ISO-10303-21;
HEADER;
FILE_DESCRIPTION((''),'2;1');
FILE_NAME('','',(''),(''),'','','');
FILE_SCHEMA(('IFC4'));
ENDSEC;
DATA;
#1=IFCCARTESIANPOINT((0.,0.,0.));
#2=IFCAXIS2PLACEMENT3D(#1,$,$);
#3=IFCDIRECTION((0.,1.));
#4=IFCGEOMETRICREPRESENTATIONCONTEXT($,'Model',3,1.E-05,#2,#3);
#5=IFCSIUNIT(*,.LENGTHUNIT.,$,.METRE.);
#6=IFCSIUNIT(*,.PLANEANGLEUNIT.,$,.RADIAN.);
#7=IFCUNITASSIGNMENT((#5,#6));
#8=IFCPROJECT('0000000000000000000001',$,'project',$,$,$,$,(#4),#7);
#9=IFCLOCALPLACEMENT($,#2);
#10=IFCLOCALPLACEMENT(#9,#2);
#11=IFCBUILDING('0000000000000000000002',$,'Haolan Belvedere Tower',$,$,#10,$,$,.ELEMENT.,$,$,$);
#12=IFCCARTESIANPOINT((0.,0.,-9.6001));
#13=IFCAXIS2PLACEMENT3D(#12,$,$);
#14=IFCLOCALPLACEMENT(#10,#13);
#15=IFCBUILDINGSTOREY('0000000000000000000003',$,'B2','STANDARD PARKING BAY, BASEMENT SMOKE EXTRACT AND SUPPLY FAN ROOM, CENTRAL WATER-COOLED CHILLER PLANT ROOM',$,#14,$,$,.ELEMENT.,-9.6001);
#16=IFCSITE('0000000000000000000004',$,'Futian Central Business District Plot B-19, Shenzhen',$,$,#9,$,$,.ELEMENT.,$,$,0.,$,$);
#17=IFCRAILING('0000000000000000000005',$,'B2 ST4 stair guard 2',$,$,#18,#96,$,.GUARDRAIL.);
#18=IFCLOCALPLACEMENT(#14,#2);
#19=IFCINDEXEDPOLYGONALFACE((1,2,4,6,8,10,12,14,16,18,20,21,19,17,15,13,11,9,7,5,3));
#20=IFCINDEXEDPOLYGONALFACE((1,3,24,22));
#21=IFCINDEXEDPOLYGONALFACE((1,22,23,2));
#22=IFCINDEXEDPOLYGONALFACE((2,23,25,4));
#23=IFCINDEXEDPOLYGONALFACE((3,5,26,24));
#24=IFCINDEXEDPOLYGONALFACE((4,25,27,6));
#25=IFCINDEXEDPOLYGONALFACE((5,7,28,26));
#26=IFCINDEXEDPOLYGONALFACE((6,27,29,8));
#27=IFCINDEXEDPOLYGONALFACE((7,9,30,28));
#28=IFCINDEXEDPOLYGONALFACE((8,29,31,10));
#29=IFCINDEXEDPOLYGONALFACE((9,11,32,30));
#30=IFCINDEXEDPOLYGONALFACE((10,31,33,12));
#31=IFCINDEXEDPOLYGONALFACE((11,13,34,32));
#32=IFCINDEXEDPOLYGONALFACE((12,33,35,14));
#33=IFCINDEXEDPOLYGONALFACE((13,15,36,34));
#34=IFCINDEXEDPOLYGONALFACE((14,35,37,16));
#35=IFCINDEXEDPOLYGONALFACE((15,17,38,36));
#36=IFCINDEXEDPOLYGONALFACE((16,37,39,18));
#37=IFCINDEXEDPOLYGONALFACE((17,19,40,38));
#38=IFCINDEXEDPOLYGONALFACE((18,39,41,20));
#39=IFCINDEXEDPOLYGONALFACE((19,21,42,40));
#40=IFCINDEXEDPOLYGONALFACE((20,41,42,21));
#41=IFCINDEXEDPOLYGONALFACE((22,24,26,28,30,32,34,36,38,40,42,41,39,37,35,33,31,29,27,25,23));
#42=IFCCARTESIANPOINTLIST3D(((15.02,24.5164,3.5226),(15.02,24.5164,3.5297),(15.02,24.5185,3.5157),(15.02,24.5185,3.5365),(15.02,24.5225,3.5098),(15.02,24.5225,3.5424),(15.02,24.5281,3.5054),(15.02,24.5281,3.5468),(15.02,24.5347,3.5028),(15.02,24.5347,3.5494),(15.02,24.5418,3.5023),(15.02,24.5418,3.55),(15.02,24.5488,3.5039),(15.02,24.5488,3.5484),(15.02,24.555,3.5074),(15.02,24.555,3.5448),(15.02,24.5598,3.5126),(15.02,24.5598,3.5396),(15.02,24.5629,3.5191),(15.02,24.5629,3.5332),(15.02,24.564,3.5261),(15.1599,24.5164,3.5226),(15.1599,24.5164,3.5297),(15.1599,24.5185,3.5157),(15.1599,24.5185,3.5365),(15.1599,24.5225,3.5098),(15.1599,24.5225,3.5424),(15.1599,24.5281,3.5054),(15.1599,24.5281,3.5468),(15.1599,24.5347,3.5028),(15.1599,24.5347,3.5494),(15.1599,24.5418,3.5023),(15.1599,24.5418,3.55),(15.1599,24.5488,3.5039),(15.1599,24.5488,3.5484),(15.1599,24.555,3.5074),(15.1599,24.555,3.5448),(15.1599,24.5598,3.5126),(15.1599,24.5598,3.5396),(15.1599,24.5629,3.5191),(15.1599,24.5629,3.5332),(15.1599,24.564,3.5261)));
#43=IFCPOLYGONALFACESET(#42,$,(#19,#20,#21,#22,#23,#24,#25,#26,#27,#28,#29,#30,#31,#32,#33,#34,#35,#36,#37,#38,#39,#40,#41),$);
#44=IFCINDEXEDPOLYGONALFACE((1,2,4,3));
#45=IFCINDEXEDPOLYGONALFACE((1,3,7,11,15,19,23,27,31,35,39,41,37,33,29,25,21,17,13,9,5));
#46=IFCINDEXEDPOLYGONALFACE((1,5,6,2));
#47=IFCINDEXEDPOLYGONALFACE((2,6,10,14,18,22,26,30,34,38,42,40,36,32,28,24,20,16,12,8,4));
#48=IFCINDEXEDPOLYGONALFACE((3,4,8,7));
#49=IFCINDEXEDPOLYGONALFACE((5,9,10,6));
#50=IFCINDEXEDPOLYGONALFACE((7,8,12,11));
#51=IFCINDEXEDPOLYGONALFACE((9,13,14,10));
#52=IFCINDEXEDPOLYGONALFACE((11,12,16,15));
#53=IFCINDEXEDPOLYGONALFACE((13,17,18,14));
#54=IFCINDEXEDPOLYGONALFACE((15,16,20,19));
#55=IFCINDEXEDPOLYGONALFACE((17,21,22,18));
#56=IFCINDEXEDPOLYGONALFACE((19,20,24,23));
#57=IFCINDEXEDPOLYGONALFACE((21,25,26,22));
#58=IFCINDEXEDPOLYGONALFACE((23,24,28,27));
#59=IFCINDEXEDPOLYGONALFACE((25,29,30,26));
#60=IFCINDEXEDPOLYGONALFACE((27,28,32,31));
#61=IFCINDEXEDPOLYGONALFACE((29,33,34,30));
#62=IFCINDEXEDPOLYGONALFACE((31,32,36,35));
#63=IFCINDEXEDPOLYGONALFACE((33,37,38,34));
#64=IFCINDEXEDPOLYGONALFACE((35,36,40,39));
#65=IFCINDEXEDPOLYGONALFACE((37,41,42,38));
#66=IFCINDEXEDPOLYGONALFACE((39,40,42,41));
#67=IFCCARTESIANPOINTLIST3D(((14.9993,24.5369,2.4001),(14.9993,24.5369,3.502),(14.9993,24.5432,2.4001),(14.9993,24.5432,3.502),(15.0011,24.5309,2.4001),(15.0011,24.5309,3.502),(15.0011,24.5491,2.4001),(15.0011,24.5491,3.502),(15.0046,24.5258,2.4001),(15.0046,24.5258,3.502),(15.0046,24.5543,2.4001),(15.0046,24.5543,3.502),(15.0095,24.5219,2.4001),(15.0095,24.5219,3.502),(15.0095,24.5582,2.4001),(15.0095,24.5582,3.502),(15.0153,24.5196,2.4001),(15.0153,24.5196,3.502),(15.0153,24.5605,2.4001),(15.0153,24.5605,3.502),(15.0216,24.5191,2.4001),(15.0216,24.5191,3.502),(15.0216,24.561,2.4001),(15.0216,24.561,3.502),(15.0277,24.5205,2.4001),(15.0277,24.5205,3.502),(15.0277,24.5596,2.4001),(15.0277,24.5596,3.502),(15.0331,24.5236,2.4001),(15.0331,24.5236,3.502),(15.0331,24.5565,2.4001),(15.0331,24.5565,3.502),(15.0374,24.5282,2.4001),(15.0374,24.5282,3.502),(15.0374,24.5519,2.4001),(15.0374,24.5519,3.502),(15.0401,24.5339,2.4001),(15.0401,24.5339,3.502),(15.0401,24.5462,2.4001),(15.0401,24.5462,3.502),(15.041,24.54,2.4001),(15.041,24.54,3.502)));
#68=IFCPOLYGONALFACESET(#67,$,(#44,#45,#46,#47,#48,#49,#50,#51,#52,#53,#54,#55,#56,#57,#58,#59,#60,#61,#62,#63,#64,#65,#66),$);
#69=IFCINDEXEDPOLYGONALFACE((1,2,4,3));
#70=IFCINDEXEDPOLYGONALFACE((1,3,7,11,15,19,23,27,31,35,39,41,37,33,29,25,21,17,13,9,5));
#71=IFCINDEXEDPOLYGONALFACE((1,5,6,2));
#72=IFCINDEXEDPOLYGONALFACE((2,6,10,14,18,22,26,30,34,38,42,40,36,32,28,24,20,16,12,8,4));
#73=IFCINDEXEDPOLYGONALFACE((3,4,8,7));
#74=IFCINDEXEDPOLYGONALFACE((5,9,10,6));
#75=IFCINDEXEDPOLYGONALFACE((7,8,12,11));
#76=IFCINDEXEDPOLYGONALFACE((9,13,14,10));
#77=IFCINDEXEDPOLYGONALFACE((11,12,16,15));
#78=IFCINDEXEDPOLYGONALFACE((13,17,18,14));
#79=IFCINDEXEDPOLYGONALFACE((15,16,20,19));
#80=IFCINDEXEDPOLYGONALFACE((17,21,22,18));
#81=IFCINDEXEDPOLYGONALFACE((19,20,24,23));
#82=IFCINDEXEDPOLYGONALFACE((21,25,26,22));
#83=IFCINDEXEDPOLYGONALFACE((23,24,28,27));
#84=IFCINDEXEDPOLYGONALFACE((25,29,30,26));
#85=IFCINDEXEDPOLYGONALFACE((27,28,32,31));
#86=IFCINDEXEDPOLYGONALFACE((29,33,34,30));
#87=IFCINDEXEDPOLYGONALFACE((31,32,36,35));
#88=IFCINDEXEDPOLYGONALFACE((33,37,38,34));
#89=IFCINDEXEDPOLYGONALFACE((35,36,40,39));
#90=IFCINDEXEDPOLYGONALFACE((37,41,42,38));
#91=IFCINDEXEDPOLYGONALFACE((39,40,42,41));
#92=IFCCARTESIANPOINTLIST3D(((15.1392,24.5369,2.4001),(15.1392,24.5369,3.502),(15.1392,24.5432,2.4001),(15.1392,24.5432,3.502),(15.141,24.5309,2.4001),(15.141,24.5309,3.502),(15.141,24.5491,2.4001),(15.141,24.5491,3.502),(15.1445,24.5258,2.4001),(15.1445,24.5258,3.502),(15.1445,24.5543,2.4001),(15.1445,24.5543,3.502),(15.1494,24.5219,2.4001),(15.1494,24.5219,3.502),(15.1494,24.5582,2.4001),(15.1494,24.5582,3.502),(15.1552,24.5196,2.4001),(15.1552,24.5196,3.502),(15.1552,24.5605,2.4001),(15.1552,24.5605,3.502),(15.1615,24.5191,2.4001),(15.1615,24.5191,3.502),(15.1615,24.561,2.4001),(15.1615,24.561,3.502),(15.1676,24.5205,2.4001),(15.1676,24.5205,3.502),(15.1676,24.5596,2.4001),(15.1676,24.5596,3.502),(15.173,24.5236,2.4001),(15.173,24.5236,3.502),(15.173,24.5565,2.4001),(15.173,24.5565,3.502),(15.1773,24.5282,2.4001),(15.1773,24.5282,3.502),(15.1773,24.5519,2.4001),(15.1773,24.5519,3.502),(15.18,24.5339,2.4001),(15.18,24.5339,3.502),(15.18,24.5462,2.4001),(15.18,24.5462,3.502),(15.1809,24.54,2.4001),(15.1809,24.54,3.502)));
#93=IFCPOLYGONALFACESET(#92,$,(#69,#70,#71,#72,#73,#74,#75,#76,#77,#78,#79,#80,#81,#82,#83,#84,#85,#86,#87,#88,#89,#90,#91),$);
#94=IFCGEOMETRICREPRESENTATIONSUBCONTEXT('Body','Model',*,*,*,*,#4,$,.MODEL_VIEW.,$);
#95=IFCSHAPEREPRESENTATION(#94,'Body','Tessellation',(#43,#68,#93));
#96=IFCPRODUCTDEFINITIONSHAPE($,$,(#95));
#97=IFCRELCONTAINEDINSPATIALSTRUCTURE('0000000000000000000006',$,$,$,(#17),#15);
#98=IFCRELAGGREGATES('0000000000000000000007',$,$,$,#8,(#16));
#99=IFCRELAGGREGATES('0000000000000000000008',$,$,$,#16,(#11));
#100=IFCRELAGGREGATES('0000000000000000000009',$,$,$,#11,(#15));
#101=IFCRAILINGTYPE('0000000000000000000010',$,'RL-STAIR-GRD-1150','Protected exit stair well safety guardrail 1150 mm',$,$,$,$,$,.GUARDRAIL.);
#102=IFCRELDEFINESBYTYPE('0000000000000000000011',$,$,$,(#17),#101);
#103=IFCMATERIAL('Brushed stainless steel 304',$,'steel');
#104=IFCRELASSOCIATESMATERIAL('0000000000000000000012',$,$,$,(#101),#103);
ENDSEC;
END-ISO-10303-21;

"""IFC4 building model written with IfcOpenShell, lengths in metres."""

from ifc_helpers import new_model, si_unit, direction, frame, origin, origin_2d, place, context, subcontext, project, spatial, circle, extrude, material, type_object, element, save


model = new_model("IFC4")

# Units and contexts
model_context = context("Model", 3, precision=1e-05, world=origin(), true_north=direction((0.0, 1.0)))
body_context = subcontext(model_context, "Body", "Model", "MODEL_VIEW")
ifc_project = project(units=[si_unit("LENGTHUNIT", "METRE"), si_unit("PLANEANGLEUNIT", "RADIAN")], contexts=[model_context])

# Site, building, storey
site_placement = place(None, origin())
site = spatial("IfcSite", under=ifc_project, at=site_placement, Name="Futian Central Business District Plot B-19, Shenzhen", CompositionType="ELEMENT", RefElevation=0.0)
building_placement = place(site_placement, origin())
building = spatial("IfcBuilding", under=site, at=building_placement, Name="Haolan Belvedere Tower", CompositionType="ELEMENT")
storey_placement = place(building_placement, frame((0.0, 0.0, -9.6001)))
storey = spatial("IfcBuildingStorey", under=building, at=storey_placement, Name="B2", Description="STANDARD PARKING BAY, BASEMENT SMOKE EXTRACT AND SUPPLY FAN ROOM, CENTRAL WATER-COOLED CHILLER PLANT ROOM", CompositionType="ELEMENT", Elevation=-9.6001)

# Railing
ifc_material_1 = material(Name="Brushed stainless steel 304", Category="steel")
railing_type_1 = type_object("IfcRailingType", Name="RL-STAIR-GRD-1150", Description="Protected exit stair well safety guardrail 1150 mm", PredefinedType="GUARDRAIL", material=ifc_material_1)
railing_1_placement = place(storey_placement, frame((15.02, 24.54, 2.4001)))
element("IfcRailing", 1, at=railing_1_placement, inside=storey, type_object=railing_type_1, Name="B2 ST4 stair guard 2", PredefinedType="GUARDRAIL", context=body_context, shape_type="SweptSolid", body=[
    extrude(circle(Radius=0.0239, at=origin_2d()), frame((0.0, 0.0, 1.126), z_axis=(1.0, 0.0, 0.0), x_axis=(0.0, 1.0, 0.0)), (0.0, 0.0, 1.0), 0.1399),
    extrude(circle(Radius=0.021, at=origin_2d()), origin(), (0.0, 0.0, 1.0), 1.1018),
    extrude(circle(Radius=0.021, at=origin_2d()), frame((0.1399, 0.0, 0.0)), (0.0, 0.0, 1.0), 1.1018),
])

save(model, "model.ifc")
